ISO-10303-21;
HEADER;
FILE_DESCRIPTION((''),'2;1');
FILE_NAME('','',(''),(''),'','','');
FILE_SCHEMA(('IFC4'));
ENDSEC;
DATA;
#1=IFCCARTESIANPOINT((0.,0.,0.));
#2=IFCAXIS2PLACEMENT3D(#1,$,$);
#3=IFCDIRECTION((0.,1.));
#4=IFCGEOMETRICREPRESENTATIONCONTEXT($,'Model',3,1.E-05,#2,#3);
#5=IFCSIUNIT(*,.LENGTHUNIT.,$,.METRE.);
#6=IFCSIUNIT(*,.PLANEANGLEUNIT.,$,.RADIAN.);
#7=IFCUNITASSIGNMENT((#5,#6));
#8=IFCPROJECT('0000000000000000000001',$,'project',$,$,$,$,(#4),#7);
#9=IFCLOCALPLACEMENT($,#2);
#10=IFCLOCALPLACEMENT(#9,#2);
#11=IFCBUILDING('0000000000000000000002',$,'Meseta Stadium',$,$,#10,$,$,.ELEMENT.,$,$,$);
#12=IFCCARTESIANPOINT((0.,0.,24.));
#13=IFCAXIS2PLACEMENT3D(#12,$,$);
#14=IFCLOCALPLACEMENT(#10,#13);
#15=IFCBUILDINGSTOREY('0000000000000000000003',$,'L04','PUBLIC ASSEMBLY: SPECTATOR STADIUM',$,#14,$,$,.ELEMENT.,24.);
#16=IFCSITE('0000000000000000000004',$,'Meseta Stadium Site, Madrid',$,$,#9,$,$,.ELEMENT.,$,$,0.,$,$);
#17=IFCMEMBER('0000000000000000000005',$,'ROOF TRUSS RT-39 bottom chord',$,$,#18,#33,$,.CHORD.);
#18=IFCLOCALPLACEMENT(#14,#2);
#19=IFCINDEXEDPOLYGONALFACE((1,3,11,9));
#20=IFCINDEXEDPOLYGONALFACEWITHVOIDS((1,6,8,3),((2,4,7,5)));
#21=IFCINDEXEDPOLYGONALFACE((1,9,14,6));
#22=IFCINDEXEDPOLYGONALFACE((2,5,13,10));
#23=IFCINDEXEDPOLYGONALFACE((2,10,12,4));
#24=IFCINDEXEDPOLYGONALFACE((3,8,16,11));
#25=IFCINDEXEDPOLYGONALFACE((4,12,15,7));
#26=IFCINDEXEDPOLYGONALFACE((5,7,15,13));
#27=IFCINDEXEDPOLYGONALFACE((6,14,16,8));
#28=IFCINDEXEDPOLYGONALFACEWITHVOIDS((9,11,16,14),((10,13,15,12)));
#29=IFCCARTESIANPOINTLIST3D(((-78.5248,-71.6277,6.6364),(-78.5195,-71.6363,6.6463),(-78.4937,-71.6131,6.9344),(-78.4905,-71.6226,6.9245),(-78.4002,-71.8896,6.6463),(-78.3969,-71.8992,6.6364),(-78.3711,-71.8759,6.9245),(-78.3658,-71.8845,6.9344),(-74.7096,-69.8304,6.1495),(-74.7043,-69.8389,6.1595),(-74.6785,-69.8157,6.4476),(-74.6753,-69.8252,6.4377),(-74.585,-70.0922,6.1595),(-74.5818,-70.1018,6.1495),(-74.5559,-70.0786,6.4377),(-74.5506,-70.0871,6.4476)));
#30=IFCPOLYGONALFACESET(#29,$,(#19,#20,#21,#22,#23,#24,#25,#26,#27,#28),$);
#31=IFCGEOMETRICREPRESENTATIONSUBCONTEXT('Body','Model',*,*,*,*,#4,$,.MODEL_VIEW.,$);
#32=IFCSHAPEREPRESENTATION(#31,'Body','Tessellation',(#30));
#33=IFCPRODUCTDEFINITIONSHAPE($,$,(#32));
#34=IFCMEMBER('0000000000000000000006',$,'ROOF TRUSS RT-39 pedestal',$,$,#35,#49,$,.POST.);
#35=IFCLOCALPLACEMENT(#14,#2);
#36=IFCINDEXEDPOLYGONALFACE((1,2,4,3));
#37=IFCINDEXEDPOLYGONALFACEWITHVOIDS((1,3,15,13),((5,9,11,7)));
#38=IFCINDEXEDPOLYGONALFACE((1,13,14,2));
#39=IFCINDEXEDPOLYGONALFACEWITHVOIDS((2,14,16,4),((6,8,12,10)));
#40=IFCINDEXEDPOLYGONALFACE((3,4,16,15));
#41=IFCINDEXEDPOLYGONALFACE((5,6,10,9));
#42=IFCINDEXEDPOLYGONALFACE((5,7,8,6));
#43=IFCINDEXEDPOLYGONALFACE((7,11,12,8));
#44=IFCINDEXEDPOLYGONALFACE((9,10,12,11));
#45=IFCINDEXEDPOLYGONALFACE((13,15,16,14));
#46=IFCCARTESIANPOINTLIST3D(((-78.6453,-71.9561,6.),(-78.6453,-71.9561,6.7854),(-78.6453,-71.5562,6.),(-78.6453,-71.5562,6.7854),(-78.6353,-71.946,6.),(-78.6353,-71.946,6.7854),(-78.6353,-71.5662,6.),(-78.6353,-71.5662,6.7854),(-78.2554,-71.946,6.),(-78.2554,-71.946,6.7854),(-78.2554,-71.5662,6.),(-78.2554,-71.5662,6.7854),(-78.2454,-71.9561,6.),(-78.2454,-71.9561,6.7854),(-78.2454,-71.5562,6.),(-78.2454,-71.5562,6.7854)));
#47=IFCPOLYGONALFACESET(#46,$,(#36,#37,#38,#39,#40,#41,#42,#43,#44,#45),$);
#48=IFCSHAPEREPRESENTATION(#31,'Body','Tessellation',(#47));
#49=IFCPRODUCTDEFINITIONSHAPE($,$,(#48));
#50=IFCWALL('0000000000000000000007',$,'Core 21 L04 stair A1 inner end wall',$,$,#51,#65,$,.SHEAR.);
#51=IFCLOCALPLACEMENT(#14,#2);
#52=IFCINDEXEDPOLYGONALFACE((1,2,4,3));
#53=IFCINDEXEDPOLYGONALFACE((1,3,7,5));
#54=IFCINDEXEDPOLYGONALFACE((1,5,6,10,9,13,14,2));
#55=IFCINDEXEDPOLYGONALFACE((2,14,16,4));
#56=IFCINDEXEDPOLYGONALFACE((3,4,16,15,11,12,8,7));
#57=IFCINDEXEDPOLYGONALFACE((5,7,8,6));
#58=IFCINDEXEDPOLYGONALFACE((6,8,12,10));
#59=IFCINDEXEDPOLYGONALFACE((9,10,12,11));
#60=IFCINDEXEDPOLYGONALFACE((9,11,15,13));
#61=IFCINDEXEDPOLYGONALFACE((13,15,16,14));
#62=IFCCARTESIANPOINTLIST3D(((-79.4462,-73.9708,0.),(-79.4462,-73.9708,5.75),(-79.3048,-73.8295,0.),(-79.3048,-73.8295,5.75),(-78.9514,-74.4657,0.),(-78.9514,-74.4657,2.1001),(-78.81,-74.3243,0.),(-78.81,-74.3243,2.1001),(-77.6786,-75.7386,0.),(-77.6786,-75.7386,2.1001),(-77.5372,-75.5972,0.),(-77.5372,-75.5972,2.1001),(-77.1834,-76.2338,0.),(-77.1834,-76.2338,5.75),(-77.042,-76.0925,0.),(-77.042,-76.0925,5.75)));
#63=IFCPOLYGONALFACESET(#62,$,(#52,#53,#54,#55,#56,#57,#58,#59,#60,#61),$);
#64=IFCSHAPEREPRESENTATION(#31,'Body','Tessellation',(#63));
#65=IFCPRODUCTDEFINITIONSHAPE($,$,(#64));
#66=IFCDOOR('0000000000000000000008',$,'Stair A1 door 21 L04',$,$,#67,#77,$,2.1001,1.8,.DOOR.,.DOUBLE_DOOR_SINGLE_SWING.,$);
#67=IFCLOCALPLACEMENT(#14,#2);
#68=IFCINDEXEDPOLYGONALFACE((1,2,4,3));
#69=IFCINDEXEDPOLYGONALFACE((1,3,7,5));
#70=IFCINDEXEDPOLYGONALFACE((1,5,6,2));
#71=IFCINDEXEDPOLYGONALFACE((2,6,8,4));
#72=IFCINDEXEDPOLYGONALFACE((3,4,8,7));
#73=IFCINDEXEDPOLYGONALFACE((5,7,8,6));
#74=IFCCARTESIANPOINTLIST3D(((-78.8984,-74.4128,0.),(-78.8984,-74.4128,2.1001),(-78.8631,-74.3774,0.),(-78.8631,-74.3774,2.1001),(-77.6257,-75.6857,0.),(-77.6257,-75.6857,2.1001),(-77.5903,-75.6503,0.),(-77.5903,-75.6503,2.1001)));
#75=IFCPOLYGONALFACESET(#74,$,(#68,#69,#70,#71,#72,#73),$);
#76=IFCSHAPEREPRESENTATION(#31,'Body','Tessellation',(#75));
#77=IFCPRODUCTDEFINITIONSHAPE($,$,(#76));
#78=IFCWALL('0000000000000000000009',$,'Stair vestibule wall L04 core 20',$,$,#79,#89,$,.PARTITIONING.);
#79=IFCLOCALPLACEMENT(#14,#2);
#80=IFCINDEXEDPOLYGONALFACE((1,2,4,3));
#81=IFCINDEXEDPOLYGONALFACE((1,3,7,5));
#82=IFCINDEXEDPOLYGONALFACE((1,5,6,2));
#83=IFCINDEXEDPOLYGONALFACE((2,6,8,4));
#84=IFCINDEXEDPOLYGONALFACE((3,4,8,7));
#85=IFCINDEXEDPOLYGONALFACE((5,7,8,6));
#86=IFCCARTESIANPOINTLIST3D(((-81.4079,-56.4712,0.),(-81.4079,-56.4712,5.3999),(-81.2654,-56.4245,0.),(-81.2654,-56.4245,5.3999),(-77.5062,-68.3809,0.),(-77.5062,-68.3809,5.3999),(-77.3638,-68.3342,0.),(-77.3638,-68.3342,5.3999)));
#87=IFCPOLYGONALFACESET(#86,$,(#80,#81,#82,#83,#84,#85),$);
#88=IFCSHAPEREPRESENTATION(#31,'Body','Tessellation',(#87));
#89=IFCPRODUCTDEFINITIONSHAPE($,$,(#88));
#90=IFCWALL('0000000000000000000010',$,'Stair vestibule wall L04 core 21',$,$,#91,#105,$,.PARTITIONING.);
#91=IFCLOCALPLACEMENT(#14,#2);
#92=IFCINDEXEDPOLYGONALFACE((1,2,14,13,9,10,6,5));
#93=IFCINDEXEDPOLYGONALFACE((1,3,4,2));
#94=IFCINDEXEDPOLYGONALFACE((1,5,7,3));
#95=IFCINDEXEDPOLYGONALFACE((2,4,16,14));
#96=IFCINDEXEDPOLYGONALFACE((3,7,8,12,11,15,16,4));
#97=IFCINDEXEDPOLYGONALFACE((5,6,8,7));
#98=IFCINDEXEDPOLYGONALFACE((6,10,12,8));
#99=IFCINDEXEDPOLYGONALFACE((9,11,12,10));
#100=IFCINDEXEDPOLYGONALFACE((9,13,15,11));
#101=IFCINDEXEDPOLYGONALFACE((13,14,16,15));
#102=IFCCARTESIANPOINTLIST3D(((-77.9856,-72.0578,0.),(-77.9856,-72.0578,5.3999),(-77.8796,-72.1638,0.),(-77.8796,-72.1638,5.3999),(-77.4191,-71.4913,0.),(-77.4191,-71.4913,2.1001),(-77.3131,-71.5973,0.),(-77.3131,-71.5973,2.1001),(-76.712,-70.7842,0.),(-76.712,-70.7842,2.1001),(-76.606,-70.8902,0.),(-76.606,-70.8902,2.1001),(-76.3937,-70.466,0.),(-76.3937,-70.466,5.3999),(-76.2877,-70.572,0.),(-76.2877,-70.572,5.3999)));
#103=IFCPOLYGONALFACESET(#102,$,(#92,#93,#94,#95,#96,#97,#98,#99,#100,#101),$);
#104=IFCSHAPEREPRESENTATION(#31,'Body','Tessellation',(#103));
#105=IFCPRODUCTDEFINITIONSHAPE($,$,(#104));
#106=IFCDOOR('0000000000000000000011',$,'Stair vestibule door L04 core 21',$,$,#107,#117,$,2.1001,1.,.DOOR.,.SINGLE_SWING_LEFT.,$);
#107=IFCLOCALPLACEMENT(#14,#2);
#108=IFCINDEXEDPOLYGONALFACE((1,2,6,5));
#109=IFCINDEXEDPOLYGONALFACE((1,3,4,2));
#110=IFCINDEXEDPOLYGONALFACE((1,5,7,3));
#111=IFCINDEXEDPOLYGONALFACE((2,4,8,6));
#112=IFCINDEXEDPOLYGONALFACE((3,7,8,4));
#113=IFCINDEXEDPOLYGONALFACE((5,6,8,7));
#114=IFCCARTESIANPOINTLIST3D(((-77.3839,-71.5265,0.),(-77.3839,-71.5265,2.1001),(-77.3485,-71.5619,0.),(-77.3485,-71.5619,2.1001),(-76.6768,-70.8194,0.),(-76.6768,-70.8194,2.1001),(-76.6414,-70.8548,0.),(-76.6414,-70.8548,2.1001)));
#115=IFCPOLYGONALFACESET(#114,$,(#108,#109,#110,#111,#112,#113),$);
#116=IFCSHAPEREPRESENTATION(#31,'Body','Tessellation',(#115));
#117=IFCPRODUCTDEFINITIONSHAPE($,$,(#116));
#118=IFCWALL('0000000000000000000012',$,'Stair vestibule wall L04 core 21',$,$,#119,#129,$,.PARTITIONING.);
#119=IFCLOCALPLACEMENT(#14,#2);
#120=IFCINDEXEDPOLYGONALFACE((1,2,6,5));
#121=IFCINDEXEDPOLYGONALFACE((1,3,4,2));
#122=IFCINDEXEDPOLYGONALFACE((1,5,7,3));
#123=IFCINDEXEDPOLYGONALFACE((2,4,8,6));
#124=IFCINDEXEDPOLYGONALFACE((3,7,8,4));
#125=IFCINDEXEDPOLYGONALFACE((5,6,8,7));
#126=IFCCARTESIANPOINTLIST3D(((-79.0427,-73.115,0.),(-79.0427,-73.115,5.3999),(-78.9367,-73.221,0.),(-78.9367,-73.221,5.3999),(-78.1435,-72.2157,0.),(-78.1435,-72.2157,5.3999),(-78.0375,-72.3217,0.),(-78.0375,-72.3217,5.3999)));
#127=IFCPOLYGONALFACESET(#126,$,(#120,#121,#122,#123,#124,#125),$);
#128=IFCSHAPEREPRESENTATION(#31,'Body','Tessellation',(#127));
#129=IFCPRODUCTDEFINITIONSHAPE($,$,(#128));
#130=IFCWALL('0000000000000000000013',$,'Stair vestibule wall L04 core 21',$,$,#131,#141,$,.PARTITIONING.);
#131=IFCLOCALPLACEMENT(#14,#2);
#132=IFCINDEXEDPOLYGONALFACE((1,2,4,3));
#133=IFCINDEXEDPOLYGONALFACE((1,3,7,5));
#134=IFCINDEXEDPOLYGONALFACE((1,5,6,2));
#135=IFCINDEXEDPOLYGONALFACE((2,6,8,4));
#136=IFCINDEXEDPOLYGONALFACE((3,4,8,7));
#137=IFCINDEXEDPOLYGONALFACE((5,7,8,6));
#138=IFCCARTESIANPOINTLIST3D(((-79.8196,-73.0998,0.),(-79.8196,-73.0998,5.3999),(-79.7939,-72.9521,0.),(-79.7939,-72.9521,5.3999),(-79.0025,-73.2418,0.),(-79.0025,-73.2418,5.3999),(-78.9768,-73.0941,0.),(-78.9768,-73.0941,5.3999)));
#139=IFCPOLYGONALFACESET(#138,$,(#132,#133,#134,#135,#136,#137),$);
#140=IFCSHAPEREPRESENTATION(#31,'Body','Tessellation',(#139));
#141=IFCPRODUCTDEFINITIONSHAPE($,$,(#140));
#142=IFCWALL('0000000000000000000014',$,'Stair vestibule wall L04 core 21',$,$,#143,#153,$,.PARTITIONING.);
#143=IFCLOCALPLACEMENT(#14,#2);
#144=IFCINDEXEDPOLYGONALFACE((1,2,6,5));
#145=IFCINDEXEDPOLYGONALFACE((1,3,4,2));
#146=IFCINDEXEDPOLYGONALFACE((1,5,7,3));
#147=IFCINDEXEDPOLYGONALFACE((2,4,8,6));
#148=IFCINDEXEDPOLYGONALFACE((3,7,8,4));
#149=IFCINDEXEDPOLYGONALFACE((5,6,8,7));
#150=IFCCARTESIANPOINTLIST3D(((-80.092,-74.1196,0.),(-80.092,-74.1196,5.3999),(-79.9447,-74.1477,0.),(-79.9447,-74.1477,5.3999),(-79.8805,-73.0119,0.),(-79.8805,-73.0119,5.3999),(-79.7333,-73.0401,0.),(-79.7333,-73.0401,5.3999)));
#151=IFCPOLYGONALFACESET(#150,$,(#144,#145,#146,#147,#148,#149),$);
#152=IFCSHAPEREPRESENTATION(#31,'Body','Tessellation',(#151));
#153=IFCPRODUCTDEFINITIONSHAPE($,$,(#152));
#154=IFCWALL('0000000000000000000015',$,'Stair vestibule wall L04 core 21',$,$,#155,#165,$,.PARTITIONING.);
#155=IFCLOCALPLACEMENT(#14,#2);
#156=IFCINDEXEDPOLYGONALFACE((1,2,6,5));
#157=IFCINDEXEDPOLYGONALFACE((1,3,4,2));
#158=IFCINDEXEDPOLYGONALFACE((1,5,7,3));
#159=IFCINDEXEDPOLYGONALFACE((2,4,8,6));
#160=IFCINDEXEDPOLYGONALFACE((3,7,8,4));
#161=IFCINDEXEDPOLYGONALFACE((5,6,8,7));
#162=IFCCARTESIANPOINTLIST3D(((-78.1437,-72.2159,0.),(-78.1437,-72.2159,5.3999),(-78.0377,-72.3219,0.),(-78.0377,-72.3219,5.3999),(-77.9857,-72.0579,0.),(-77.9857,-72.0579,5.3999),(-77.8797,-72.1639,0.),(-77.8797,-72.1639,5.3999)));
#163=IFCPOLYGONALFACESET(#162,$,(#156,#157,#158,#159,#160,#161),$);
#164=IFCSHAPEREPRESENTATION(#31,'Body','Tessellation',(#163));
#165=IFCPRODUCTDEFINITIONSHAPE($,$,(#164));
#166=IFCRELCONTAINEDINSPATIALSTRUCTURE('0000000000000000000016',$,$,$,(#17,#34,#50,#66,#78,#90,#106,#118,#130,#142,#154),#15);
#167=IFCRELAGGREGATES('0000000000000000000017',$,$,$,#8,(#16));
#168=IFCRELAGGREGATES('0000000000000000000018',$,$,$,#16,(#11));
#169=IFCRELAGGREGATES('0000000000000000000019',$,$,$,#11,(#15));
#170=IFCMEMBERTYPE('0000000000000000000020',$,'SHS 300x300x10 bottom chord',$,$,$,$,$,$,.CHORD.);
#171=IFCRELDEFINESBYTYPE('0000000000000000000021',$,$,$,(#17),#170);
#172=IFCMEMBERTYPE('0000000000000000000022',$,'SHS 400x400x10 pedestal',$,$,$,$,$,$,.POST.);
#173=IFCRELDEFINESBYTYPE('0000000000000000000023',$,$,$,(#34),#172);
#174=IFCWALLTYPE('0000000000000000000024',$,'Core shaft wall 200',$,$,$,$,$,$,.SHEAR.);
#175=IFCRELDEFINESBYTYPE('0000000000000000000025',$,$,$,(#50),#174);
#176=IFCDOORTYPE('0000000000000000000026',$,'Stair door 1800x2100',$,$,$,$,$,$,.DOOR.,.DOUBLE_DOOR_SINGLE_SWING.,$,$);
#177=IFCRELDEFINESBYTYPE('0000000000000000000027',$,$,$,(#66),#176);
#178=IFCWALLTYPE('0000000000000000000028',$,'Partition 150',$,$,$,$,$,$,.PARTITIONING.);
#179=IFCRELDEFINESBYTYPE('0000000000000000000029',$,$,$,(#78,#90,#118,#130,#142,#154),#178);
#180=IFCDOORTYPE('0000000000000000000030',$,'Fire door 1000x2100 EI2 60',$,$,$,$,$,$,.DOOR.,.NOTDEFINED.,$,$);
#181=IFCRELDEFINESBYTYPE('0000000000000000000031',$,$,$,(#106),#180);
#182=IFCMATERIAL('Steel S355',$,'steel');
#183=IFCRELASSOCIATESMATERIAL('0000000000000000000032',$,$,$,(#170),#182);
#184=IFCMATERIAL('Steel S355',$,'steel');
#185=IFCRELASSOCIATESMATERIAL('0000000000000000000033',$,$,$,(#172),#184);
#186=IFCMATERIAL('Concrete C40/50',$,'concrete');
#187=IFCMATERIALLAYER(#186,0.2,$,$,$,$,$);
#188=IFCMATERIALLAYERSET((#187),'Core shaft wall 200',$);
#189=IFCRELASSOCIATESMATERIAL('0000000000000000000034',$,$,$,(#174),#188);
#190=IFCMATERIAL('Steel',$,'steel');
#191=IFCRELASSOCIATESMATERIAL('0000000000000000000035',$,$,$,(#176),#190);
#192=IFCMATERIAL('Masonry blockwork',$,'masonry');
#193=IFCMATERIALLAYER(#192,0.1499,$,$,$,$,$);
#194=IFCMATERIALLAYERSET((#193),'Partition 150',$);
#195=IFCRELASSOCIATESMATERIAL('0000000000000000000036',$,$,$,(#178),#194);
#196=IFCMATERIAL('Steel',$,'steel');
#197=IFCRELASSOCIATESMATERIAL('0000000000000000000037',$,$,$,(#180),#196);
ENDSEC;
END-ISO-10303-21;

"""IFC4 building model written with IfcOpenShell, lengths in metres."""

from ifc_helpers import new_model, si_unit, direction, frame, frame_2d, origin, origin_2d, place, context, subcontext, project, spatial, rectangle, hollow_rectangle, extrude, material, layer, layer_set, material_profile, profile_set, type_object, element, fill, save


model = new_model("IFC4")

# Units and contexts
model_context = context("Model", 3, precision=1e-05, world=origin(), true_north=direction((0.0, 1.0)))
body_context = subcontext(model_context, "Body", "Model", "MODEL_VIEW")
ifc_project = project(units=[si_unit("LENGTHUNIT", "METRE"), si_unit("PLANEANGLEUNIT", "RADIAN")], contexts=[model_context])

# Site, building, storey
site_placement = place(None, origin())
site = spatial("IfcSite", under=ifc_project, at=site_placement, Name="Meseta Stadium Site, Madrid", CompositionType="ELEMENT", RefElevation=0.0)
building_placement = place(site_placement, origin())
building = spatial("IfcBuilding", under=site, at=building_placement, Name="Meseta Stadium", CompositionType="ELEMENT")
storey_placement = place(building_placement, frame((0.0, 0.0, 24.0)))
storey = spatial("IfcBuildingStorey", under=building, at=storey_placement, Name="L04", Description="PUBLIC ASSEMBLY: SPECTATOR STADIUM", CompositionType="ELEMENT", Elevation=24.0)

# Members
ifc_material_1 = material(Name="Steel S355", Category="steel")
ifc_material_profile_1 = material_profile(ifc_material_1, hollow_rectangle(XDim=0.3, YDim=0.3, WallThickness=0.01, at=origin_2d()), Name="SHS 300x300x10")
ifc_profile_set_1 = profile_set([ifc_material_profile_1], Name="Steel S355")
member_type_1 = type_object("IfcMemberType", Name="SHS 300x300x10 bottom chord", PredefinedType="CHORD", material=ifc_profile_set_1)
for number, where, z_axis, x_axis, name in (
    (1, (-74.6301, -69.9587, 6.2986), (-0.89867, -0.42337, 0.11467), (0.426182, -0.904638, 0.0), "ROOF TRUSS RT-39 bottom chord"),
):
    element("IfcMember", number, at=place(storey_placement, frame(where, z_axis=z_axis, x_axis=x_axis)), inside=storey, type_object=member_type_1, Name=name, PredefinedType="CHORD", context=body_context, shape_type="SweptSolid", body=[
        extrude(hollow_rectangle(XDim=0.3, YDim=0.3, WallThickness=0.01, at=origin_2d()), origin(), (0.0, 0.0, 1.0), 4.2454),
    ])
ifc_material_2 = material(Name="Steel S355", Category="steel")
ifc_material_profile_2 = material_profile(ifc_material_2, hollow_rectangle(XDim=0.3999, YDim=0.3999, WallThickness=0.01, at=origin_2d()), Name="SHS 400x400x10")
ifc_profile_set_2 = profile_set([ifc_material_profile_2], Name="Steel S355")
member_type_2 = type_object("IfcMemberType", Name="SHS 400x400x10 pedestal", PredefinedType="POST", material=ifc_profile_set_2)
member_1_placement = place(storey_placement, frame((-78.4453, -71.7561, 6.0), z_axis=(0.0, 0.0, 1.0), x_axis=(1.0, 0.0, 0.0)))
element("IfcMember", 2, at=member_1_placement, inside=storey, type_object=member_type_2, Name="ROOF TRUSS RT-39 pedestal", PredefinedType="POST", context=body_context, shape_type="SweptSolid", body=[
    extrude(hollow_rectangle(XDim=0.3999, YDim=0.3999, WallThickness=0.01, at=origin_2d()), origin(), (0.0, 0.0, 1.0), 0.7854),
])

# Wall, opening, door
ifc_material_3 = material(Name="Concrete C40/50", Category="concrete")
ifc_layer_1 = layer(ifc_material_3, 0.2)
ifc_layer_set_1 = layer_set([ifc_layer_1], Name="Core shaft wall 200")
wall_type_1 = type_object("IfcWallType", Name="Core shaft wall 200", PredefinedType="SHEAR", material=ifc_layer_set_1)
wall_1_placement = place(storey_placement, frame((-79.3755, -73.9001, 0.0), z_axis=(0.0, 0.0, 1.0), x_axis=(0.707069, -0.707145, 0.0)))
wall_1 = element("IfcWall", 3, at=wall_1_placement, inside=storey, type_object=wall_type_1, Name="Core 21 L04 stair A1 inner end wall", PredefinedType="SHEAR", context=body_context, shape_type="SweptSolid", body=[
    extrude(rectangle(XDim=3.2002, YDim=0.2, at=frame_2d((1.6001, 0.0))), origin(), (0.0, 0.0, 1.0), 5.75),
])
opening_1_placement = place(wall_1_placement, frame((0.7, 0.0, 0.0)))
opening_1 = element("IfcOpeningElement", 4, at=opening_1_placement, cuts=wall_1, PredefinedType="OPENING", context=body_context, shape_type="SweptSolid", body=[
    extrude(rectangle(XDim=1.8, YDim=2.1001, at=frame_2d((0.8999, 1.05))), frame((0.0, 0.1099, 0.0), z_axis=(0.0, -1.0, 0.0), x_axis=(1.0, 0.0, 0.0)), (0.0, 0.0, 1.0), 0.22),
])
ifc_material_4 = material(Name="Steel", Category="steel")
door_type_1 = type_object("IfcDoorType", Name="Stair door 1800x2100", OperationType="DOUBLE_DOOR_SINGLE_SWING", PredefinedType="DOOR", material=ifc_material_4)
door_1_placement = place(opening_1_placement, origin())
door_1 = element("IfcDoor", 5, at=door_1_placement, inside=storey, type_object=door_type_1, Name="Stair A1 door 21 L04", OperationType="DOUBLE_DOOR_SINGLE_SWING", OverallHeight=2.1001, OverallWidth=1.8, PredefinedType="DOOR", context=body_context, shape_type="SweptSolid", body=[
    extrude(rectangle(XDim=1.8, YDim=2.1001, at=frame_2d((0.8999, 1.05))), frame((0.0, 0.0249, 0.0), z_axis=(0.0, -1.0, 0.0), x_axis=(1.0, 0.0, 0.0)), (0.0, 0.0, 1.0), 0.05),
])
fill(opening_1, door_1)

# Wall
ifc_material_5 = material(Name="Masonry blockwork", Category="masonry")
ifc_layer_2 = layer(ifc_material_5, 0.1499)
ifc_layer_set_2 = layer_set([ifc_layer_2], Name="Partition 150")
wall_type_2 = type_object("IfcWallType", Name="Partition 150", PredefinedType="PARTITIONING", material=ifc_layer_set_2)
wall_2_placement = place(storey_placement, frame((-77.4351, -68.3574, 0.0), z_axis=(0.0, 0.0, 1.0), x_axis=(-0.31132, 0.950305, 0.0)))
element("IfcWall", 6, at=wall_2_placement, inside=storey, type_object=wall_type_2, Name="Stair vestibule wall L04 core 20", PredefinedType="PARTITIONING", context=body_context, shape_type="SweptSolid", body=[
    extrude(rectangle(XDim=12.5325, YDim=0.1499, at=frame_2d((6.2661, 0.0))), origin(), (0.0, 0.0, 1.0), 5.3999),
])

# Wall, opening, door
wall_3_placement = place(storey_placement, frame((-76.3408, -70.519, 0.0), z_axis=(0.0, 0.0, 1.0), x_axis=(-0.707107, -0.707107, 0.0)))
wall_3 = element("IfcWall", 7, at=wall_3_placement, inside=storey, type_object=wall_type_2, Name="Stair vestibule wall L04 core 21", PredefinedType="PARTITIONING", context=body_context, shape_type="SweptSolid", body=[
    extrude(rectangle(XDim=2.2512, YDim=0.1499, at=frame_2d((1.1255, 0.0))), origin(), (0.0, 0.0, 1.0), 5.3999),
])
opening_2_placement = place(wall_3_placement, frame((0.45, 0.0, 0.0)))
opening_2 = element("IfcOpeningElement", 8, at=opening_2_placement, cuts=wall_3, PredefinedType="OPENING", context=body_context, shape_type="SweptSolid", body=[
    extrude(rectangle(XDim=1.0, YDim=2.1001, at=frame_2d((0.5, 1.05))), frame((0.0, 0.085, 0.0), z_axis=(0.0, -1.0, 0.0), x_axis=(1.0, 0.0, 0.0)), (0.0, 0.0, 1.0), 0.1699),
])
ifc_material_6 = material(Name="Steel", Category="steel")
door_type_2 = type_object("IfcDoorType", Name="Fire door 1000x2100 EI2 60", OperationType="NOTDEFINED", PredefinedType="DOOR", material=ifc_material_6)
door_2_placement = place(opening_2_placement, origin())
door_2 = element("IfcDoor", 9, at=door_2_placement, inside=storey, type_object=door_type_2, Name="Stair vestibule door L04 core 21", OperationType="SINGLE_SWING_LEFT", OverallHeight=2.1001, OverallWidth=1.0, PredefinedType="DOOR", context=body_context, shape_type="SweptSolid", body=[
    extrude(rectangle(XDim=1.0, YDim=2.1001, at=frame_2d((0.5, 1.05))), frame((0.0, 0.0249, 0.0), z_axis=(0.0, -1.0, 0.0), x_axis=(1.0, 0.0, 0.0)), (0.0, 0.0, 1.0), 0.05),
])
fill(opening_2, door_2)

# Walls
wall_4_placement = place(storey_placement, frame((-78.0906, -72.2688, 0.0), z_axis=(0.0, 0.0, 1.0), x_axis=(-0.707107, -0.707107, 0.0)))
element("IfcWall", 10, at=wall_4_placement, inside=storey, type_object=wall_type_2, Name="Stair vestibule wall L04 core 21", PredefinedType="PARTITIONING", context=body_context, shape_type="SweptSolid", body=[
    extrude(rectangle(XDim=1.2717, YDim=0.1499, at=frame_2d((0.6357, 0.0))), origin(), (0.0, 0.0, 1.0), 5.3999),
])
wall_5_placement = place(storey_placement, frame((-78.9897, -73.168, 0.0), z_axis=(0.0, 0.0, 1.0), x_axis=(-0.985216, 0.171316, 0.0)))
element("IfcWall", 11, at=wall_5_placement, inside=storey, type_object=wall_type_2, Name="Stair vestibule wall L04 core 21", PredefinedType="PARTITIONING", context=body_context, shape_type="SweptSolid", body=[
    extrude(rectangle(XDim=0.8293, YDim=0.1499, at=frame_2d((0.4146, 0.0))), origin(), (0.0, 0.0, 1.0), 5.3999),
])
wall_6_placement = place(storey_placement, frame((-79.8069, -73.0259, 0.0), z_axis=(0.0, 0.0, 1.0), x_axis=(-0.18749, -0.982266, 0.0)))
element("IfcWall", 12, at=wall_6_placement, inside=storey, type_object=wall_type_2, Name="Stair vestibule wall L04 core 21", PredefinedType="PARTITIONING", context=body_context, shape_type="SweptSolid", body=[
    extrude(rectangle(XDim=1.1277, YDim=0.1499, at=frame_2d((0.564, 0.0))), origin(), (0.0, 0.0, 1.0), 5.3999),
])
wall_7_placement = place(storey_placement, frame((-77.9326, -72.1108, 0.0), z_axis=(0.0, 0.0, 1.0), x_axis=(-0.707107, -0.707107, 0.0)))
element("IfcWall", 13, at=wall_7_placement, inside=storey, type_object=wall_type_2, Name="Stair vestibule wall L04 core 21", PredefinedType="PARTITIONING", context=body_context, shape_type="SweptSolid", body=[
    extrude(rectangle(XDim=0.2234, YDim=0.1499, at=frame_2d((0.1118, 0.0))), origin(), (0.0, 0.0, 1.0), 5.3999),
])

save(model, "model.ifc")
